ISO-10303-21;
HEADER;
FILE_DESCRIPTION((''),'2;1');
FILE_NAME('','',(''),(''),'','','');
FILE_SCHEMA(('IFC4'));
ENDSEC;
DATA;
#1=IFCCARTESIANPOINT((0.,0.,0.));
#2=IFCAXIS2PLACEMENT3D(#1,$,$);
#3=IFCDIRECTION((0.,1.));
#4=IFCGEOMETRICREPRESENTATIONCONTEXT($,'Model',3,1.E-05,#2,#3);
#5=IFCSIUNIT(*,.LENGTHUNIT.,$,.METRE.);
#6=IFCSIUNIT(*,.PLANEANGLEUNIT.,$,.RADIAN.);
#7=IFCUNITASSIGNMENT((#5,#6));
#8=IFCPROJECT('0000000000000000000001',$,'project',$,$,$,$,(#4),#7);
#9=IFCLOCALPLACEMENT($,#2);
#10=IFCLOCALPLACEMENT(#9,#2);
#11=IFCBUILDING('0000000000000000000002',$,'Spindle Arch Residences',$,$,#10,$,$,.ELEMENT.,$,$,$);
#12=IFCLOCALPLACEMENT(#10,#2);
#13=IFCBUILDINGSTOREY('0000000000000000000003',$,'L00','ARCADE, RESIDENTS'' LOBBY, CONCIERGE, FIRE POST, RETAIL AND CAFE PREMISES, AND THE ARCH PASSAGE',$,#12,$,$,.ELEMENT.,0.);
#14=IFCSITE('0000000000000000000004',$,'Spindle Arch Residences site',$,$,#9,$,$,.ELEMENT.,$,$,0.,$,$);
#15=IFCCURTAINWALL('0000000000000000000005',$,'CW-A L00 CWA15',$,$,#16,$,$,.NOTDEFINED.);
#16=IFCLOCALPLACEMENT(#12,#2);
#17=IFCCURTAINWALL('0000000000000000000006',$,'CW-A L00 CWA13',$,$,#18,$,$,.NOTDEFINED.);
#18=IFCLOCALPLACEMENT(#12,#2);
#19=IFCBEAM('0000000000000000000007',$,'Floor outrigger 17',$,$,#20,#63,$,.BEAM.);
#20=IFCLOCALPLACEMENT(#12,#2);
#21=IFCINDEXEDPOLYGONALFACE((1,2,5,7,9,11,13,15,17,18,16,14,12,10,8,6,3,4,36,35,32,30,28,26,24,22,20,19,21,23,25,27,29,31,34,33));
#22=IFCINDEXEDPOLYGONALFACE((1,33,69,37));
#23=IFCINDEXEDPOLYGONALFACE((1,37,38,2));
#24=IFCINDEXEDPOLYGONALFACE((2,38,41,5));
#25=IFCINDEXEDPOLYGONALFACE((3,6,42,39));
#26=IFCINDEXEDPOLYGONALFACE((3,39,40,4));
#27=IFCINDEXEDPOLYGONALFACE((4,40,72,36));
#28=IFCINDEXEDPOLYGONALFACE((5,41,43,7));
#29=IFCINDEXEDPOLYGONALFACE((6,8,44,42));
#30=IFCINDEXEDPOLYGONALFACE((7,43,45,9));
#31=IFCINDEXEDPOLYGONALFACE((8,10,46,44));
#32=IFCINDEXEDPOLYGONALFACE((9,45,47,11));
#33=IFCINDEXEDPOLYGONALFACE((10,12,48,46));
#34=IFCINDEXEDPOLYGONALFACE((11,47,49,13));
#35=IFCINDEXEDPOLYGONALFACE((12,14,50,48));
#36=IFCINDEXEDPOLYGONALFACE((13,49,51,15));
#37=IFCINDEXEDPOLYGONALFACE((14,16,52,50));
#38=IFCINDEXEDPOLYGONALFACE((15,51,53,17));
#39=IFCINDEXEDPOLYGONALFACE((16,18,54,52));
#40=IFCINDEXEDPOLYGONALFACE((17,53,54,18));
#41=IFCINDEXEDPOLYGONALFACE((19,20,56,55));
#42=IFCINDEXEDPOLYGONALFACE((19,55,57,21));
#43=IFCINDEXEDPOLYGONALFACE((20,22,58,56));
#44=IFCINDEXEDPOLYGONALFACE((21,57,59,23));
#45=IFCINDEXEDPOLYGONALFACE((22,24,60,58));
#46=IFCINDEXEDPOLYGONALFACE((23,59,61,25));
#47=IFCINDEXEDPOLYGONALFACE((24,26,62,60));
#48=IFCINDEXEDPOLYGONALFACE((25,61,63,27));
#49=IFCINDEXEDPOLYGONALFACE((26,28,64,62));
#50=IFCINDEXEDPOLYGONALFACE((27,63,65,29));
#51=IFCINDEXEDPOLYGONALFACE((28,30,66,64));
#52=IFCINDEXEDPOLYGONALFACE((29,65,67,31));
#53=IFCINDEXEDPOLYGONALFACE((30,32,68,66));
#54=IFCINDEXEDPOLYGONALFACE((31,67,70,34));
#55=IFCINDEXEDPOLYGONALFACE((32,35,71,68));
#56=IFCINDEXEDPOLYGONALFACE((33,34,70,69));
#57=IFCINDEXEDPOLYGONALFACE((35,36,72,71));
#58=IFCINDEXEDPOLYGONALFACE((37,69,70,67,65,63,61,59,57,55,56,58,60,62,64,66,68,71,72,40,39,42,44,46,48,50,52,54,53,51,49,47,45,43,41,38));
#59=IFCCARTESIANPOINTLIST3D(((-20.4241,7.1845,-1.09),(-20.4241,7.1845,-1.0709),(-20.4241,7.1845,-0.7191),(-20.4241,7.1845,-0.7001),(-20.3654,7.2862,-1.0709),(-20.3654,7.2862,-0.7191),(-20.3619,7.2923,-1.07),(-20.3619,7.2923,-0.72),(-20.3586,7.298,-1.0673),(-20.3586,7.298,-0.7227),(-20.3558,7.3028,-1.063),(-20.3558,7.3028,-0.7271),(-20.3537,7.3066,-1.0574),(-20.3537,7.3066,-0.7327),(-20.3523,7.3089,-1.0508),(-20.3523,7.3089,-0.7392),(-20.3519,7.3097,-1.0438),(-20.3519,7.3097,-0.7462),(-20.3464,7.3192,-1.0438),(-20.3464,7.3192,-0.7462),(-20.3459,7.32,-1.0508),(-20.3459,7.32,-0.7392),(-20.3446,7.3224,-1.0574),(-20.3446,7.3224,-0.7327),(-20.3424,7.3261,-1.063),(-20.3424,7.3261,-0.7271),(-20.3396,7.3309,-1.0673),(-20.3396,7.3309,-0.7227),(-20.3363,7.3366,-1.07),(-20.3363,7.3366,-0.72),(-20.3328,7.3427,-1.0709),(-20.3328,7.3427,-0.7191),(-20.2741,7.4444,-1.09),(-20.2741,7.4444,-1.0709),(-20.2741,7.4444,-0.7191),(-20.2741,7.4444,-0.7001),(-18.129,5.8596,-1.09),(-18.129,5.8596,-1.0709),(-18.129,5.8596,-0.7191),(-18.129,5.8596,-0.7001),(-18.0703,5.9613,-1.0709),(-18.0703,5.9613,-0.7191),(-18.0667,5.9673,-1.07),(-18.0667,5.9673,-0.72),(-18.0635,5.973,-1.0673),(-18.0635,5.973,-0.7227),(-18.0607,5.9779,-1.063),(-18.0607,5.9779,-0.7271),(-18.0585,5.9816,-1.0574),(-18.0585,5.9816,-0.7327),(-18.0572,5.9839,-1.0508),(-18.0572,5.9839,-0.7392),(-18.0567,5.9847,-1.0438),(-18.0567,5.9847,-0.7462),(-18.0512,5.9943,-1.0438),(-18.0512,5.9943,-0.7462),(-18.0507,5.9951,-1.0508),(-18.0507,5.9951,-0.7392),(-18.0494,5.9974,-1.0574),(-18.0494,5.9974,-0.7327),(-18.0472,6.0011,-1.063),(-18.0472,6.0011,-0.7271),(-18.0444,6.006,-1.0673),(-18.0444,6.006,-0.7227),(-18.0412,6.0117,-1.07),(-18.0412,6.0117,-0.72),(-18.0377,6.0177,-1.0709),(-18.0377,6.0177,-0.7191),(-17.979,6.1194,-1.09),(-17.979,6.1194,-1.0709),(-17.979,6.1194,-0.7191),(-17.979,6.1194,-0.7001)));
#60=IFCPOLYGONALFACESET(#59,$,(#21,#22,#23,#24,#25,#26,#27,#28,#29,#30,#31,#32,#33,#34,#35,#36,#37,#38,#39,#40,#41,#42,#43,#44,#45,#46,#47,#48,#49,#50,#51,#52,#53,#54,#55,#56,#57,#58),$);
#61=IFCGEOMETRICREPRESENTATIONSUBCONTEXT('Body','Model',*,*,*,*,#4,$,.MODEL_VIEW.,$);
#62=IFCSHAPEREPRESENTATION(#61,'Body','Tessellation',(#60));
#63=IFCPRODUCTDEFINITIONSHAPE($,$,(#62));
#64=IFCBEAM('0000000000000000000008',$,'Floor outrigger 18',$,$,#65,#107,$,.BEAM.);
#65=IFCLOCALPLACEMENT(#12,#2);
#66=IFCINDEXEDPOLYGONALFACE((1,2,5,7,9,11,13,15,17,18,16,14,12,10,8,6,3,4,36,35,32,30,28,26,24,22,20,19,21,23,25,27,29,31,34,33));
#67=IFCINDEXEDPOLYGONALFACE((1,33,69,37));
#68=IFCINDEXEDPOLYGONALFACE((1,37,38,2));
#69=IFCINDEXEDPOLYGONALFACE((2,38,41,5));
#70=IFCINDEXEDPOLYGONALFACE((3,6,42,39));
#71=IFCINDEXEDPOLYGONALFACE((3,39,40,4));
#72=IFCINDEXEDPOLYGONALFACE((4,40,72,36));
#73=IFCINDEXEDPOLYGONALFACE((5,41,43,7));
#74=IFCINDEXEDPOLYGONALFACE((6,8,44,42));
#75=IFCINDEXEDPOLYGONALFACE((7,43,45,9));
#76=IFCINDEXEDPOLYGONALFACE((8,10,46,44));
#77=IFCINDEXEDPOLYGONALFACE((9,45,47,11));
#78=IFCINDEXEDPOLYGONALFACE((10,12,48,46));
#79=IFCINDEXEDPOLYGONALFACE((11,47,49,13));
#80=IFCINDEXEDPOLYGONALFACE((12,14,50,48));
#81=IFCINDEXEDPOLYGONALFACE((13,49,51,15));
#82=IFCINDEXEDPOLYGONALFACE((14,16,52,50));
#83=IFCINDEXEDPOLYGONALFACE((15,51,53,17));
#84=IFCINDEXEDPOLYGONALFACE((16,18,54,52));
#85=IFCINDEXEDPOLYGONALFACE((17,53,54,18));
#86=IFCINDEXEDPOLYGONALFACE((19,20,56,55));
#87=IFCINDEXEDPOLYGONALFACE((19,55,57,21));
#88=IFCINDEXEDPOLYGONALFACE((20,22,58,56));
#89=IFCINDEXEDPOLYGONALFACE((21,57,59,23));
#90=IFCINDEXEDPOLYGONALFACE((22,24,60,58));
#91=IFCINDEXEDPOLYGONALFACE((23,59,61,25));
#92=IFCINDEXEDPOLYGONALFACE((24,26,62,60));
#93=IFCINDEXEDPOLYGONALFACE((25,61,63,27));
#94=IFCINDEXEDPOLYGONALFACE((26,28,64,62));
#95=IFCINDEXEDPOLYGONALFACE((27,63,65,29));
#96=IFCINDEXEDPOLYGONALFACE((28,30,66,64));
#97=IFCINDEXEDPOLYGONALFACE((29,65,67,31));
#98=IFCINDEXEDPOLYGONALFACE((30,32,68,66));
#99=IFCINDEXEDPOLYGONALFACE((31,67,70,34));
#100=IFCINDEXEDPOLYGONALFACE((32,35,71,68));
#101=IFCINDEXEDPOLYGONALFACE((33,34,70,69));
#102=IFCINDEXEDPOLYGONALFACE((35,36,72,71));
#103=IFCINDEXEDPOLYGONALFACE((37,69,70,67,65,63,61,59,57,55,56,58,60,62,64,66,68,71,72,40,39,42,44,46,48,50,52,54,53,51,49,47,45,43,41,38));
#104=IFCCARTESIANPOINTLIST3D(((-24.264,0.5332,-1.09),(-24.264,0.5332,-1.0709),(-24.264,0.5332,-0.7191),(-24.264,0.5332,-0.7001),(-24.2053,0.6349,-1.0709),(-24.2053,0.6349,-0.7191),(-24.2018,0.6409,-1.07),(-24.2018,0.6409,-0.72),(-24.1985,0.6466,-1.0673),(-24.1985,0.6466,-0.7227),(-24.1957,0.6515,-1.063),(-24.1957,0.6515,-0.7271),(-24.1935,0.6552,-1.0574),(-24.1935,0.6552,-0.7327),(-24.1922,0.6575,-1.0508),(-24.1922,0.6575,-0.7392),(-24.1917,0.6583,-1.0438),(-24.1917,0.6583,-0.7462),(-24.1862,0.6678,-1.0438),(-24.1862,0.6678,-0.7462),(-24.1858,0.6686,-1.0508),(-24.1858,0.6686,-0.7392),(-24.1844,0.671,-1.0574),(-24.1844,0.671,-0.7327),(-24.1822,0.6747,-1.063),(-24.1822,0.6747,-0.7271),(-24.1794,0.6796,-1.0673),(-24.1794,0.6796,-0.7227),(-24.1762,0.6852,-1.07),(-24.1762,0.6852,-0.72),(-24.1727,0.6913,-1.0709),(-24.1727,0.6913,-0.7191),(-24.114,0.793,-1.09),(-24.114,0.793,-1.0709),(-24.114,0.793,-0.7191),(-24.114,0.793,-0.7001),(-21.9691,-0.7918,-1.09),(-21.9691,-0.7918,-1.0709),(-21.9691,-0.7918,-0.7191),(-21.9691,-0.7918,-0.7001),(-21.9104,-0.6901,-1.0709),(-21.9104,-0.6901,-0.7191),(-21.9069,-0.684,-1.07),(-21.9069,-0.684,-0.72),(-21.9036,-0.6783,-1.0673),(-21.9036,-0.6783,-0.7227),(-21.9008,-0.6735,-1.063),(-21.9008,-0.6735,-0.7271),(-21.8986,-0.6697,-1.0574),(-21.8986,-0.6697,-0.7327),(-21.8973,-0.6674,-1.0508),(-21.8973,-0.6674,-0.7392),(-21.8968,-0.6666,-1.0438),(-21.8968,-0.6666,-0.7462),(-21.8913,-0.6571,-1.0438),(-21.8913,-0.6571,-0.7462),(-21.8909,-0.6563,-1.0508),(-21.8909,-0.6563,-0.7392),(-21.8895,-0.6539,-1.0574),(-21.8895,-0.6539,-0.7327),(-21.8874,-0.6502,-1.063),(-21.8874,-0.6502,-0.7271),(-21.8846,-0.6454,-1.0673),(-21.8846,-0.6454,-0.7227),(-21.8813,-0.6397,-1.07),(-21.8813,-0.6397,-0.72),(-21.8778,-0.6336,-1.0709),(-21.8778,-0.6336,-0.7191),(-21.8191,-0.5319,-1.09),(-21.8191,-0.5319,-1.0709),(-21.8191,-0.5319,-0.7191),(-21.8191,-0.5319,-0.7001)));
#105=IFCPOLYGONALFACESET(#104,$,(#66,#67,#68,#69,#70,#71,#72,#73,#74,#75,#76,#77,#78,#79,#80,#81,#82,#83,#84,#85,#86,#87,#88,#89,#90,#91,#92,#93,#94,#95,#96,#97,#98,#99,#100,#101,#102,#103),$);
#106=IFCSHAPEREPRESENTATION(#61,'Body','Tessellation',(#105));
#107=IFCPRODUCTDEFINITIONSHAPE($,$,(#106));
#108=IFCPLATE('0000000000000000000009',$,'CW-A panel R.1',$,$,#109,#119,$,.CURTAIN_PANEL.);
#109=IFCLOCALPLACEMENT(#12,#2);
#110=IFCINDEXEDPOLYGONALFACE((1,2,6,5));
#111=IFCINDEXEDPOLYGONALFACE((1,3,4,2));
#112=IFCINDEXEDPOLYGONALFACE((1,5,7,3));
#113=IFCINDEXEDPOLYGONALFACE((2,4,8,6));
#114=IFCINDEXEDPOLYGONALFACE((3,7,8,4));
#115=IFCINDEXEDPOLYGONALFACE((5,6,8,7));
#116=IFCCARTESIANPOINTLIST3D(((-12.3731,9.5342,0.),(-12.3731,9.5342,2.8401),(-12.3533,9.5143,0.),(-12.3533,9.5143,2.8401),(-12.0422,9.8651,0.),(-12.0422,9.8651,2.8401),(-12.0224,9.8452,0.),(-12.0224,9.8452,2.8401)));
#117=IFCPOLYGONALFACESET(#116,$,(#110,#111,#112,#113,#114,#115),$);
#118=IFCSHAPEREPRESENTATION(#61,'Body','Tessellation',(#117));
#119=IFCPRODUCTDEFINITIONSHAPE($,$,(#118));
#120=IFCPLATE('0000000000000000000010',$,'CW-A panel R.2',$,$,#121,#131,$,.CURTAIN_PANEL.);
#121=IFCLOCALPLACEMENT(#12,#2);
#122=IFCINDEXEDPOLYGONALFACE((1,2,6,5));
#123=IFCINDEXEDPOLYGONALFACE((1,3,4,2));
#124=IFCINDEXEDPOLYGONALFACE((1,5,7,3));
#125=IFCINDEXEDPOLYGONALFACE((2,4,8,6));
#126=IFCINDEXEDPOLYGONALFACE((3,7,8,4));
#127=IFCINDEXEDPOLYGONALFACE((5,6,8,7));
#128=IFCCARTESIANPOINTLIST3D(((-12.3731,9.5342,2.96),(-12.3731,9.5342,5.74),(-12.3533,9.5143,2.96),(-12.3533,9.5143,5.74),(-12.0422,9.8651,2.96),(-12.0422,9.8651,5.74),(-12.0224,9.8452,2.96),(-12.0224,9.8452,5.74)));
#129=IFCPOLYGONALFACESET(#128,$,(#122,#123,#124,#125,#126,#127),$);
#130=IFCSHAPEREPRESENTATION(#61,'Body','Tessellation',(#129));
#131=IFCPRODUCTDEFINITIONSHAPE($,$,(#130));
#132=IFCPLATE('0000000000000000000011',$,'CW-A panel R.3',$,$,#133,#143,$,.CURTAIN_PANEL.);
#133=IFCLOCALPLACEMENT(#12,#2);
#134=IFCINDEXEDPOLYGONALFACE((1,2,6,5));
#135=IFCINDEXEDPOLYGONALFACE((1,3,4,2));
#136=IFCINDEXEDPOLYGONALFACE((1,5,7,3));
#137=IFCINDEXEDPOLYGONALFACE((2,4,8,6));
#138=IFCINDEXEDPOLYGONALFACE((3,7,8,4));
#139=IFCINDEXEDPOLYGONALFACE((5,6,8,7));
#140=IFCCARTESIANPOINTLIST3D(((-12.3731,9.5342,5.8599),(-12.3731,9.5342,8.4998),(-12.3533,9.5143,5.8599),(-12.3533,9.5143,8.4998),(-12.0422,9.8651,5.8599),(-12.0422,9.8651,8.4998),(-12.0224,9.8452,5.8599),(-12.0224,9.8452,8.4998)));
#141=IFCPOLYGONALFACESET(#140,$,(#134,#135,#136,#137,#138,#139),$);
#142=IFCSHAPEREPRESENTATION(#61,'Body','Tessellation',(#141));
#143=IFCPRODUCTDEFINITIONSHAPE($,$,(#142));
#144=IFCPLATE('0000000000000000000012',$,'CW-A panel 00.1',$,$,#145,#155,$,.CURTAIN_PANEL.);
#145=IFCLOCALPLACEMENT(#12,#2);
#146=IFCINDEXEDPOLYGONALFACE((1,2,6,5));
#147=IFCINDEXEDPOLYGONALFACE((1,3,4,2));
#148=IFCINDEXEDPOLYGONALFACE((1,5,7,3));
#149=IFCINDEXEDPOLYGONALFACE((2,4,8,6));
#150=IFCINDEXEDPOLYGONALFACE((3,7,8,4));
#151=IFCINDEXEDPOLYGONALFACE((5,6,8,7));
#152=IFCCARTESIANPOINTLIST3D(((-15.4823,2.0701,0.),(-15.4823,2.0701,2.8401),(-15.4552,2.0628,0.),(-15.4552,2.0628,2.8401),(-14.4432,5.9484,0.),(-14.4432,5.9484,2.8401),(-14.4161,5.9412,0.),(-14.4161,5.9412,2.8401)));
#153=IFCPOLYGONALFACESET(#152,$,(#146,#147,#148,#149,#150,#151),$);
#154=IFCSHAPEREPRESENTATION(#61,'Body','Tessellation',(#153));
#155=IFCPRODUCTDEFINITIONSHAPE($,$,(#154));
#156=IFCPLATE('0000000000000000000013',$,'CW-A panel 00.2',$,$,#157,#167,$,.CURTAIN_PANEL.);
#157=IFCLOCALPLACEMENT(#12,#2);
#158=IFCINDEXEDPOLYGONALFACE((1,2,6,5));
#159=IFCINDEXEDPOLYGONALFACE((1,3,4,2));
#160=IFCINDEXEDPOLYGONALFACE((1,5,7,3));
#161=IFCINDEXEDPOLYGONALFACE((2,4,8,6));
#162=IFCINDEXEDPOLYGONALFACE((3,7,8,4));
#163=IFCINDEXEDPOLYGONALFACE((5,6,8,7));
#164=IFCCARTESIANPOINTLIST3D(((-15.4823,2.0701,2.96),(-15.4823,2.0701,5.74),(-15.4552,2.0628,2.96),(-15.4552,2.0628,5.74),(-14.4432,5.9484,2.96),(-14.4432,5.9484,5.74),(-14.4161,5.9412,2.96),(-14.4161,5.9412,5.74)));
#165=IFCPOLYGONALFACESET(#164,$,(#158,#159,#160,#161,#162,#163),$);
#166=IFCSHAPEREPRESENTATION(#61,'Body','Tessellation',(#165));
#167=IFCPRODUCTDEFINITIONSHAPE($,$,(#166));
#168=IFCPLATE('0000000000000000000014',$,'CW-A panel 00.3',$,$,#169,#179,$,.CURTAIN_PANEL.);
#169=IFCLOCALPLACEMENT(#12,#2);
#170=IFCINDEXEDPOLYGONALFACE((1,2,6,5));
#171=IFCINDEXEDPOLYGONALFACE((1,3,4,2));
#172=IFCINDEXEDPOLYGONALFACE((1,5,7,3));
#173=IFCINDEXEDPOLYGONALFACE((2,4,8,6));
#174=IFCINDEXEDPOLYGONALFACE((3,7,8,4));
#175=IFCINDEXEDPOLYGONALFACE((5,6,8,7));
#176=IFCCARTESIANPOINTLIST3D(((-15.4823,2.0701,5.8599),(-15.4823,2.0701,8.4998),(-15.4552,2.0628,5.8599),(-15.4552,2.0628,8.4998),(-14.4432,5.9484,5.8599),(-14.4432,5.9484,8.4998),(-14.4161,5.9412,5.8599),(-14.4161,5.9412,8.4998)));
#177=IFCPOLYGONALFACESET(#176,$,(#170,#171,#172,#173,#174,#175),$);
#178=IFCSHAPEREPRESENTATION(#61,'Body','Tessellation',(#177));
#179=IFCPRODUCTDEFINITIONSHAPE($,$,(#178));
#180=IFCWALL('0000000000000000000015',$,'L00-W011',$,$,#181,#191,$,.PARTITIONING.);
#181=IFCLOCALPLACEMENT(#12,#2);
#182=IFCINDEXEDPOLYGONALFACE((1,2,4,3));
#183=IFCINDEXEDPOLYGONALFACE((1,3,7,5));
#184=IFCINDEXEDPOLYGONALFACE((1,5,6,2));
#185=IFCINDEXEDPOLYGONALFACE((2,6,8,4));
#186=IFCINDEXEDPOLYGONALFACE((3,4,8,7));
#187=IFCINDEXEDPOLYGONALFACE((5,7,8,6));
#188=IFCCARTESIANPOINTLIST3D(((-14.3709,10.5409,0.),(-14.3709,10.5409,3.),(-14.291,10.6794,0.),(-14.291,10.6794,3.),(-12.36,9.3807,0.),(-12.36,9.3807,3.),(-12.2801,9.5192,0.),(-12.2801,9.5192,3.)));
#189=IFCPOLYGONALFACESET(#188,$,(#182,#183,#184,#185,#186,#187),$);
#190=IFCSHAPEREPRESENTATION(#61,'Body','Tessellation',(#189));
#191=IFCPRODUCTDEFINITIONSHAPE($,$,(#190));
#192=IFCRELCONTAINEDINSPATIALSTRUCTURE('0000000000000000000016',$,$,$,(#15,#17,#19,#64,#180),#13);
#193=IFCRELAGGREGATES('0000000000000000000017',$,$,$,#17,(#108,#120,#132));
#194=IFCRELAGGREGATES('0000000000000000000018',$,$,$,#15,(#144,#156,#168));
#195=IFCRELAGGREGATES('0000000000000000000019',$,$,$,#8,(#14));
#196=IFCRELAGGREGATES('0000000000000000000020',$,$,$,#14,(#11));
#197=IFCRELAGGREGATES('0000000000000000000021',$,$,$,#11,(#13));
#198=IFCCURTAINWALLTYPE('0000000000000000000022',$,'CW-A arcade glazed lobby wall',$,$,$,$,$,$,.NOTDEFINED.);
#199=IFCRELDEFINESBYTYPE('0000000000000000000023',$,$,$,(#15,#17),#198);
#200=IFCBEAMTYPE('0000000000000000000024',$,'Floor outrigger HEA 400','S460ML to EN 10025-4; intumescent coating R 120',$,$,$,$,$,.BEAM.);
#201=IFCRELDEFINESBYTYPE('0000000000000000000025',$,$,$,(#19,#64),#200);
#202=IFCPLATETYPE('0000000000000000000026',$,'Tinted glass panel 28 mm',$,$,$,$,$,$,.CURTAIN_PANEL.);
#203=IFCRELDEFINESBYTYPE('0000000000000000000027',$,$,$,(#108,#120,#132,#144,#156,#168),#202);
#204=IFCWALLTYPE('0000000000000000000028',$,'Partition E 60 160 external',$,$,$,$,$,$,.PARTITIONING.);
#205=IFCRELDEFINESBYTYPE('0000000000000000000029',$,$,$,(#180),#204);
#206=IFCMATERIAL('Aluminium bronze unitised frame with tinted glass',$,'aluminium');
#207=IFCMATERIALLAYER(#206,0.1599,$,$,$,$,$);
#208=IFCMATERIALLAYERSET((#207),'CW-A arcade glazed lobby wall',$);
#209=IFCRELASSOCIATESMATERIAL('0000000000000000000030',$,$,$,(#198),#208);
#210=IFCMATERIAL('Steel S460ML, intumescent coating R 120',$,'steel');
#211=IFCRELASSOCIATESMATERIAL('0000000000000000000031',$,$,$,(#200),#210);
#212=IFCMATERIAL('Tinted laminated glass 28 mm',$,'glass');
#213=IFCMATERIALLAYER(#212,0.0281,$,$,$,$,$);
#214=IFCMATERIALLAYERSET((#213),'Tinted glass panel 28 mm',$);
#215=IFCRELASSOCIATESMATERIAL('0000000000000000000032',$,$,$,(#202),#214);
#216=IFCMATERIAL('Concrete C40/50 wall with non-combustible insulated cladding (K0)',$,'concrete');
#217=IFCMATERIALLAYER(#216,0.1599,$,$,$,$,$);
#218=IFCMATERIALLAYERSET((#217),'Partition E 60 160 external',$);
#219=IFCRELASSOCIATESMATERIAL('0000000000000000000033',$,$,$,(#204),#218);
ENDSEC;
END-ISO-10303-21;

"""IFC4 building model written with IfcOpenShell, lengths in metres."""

from ifc_helpers import new_model, si_unit, direction, frame, frame_2d, origin, origin_2d, place, context, subcontext, project, spatial, rectangle, i_section, extrude, material, layer, layer_set, material_profile, profile_set, type_object, element, aggregate, save


model = new_model("IFC4")

# Units and contexts
model_context = context("Model", 3, precision=1e-05, world=origin(), true_north=direction((0.0, 1.0)))
body_context = subcontext(model_context, "Body", "Model", "MODEL_VIEW")
ifc_project = project(units=[si_unit("LENGTHUNIT", "METRE"), si_unit("PLANEANGLEUNIT", "RADIAN")], contexts=[model_context])

# Site, building, storey
site_placement = place(None, origin())
site = spatial("IfcSite", under=ifc_project, at=site_placement, Name="Spindle Arch Residences site", CompositionType="ELEMENT", RefElevation=0.0)
building_placement = place(site_placement, origin())
building = spatial("IfcBuilding", under=site, at=building_placement, Name="Spindle Arch Residences", CompositionType="ELEMENT")
storey_placement = place(building_placement, origin())
storey = spatial("IfcBuildingStorey", under=building, at=storey_placement, Name="L00", Description="ARCADE, RESIDENTS' LOBBY, CONCIERGE, FIRE POST, RETAIL AND CAFE PREMISES, AND THE ARCH PASSAGE", CompositionType="ELEMENT", Elevation=0.0)

# Curtain wall
ifc_material_1 = material(Name="Aluminium bronze unitised frame with tinted glass", Category="aluminium")
ifc_layer_1 = layer(ifc_material_1, 0.1599)
ifc_layer_set_1 = layer_set([ifc_layer_1], Name="CW-A arcade glazed lobby wall")
curtain_wall_type = type_object("IfcCurtainWallType", Name="CW-A arcade glazed lobby wall", PredefinedType="NOTDEFINED", material=ifc_layer_set_1)
curtain_wall_1_placement = place(storey_placement, origin())
curtain_wall_1 = element("IfcCurtainWall", 1, at=curtain_wall_1_placement, inside=storey, type_object=curtain_wall_type, Name="CW-A L00 CWA15", PredefinedType="NOTDEFINED")

# Curtain wall
curtain_wall_2_placement = place(storey_placement, origin())
curtain_wall_2 = element("IfcCurtainWall", 2, at=curtain_wall_2_placement, inside=storey, type_object=curtain_wall_type, Name="CW-A L00 CWA13", PredefinedType="NOTDEFINED")

# Beams
ifc_material_2 = material(Name="Steel S460ML, intumescent coating R 120", Category="steel")
ifc_material_profile_1 = material_profile(ifc_material_2, i_section(OverallWidth=0.3, OverallDepth=0.3899, WebThickness=0.011, FlangeThickness=0.019, FilletRadius=0.0271, at=origin_2d()), Name="HEA 400")
ifc_profile_set_1 = profile_set([ifc_material_profile_1], Name="Steel S460ML, intumescent coating R 120")
beam_type_1 = type_object("IfcBeamType", Name="Floor outrigger HEA 400", Description="S460ML to EN 10025-4; intumescent coating R 120", PredefinedType="BEAM", material=ifc_profile_set_1)
beam_1_placement = place(storey_placement, frame((-20.3491, 7.3145, -0.895), z_axis=(0.866052, -0.499954, 0.0), x_axis=(0.499954, 0.866052, 0.0)))
element("IfcBeam", 3, at=beam_1_placement, inside=storey, type_object=beam_type_1, Name="Floor outrigger 17", PredefinedType="BEAM", context=body_context, shape_type="SweptSolid", body=[
    extrude(i_section(OverallWidth=0.3, OverallDepth=0.3899, WebThickness=0.011, FlangeThickness=0.019, FilletRadius=0.0271, at=origin_2d()), origin(), (0.0, 0.0, 1.0), 2.6501),
])
beam_2_placement = place(storey_placement, frame((-24.189, 0.6631, -0.895), z_axis=(0.866029, -0.499994, 0.0), x_axis=(0.499994, 0.866029, 0.0)))
element("IfcBeam", 4, at=beam_2_placement, inside=storey, type_object=beam_type_1, Name="Floor outrigger 18", PredefinedType="BEAM", context=body_context, shape_type="SweptSolid", body=[
    extrude(i_section(OverallWidth=0.3, OverallDepth=0.3899, WebThickness=0.011, FlangeThickness=0.019, FilletRadius=0.0271, at=origin_2d()), origin(), (0.0, 0.0, 1.0), 2.6499),
])

# Plates
ifc_material_3 = material(Name="Tinted laminated glass 28 mm", Category="glass")
ifc_layer_2 = layer(ifc_material_3, 0.0281)
ifc_layer_set_2 = layer_set([ifc_layer_2], Name="Tinted glass panel 28 mm")
plate_type = type_object("IfcPlateType", Name="Tinted glass panel 28 mm", PredefinedType="CURTAIN_PANEL", material=ifc_layer_set_2)
plate_1_placement = place(storey_placement, frame((-12.1978, 9.6897, 0.0), z_axis=(0.0, 0.0, 1.0), x_axis=(-0.707107, -0.707107, 0.0)))
plate_1 = element("IfcPlate", 5, at=plate_1_placement, type_object=plate_type, Name="CW-A panel R.1", PredefinedType="CURTAIN_PANEL", context=body_context, shape_type="SweptSolid", body=[
    extrude(rectangle(XDim=0.468, YDim=0.0281, at=origin_2d()), origin(), (0.0, 0.0, 1.0), 2.8401),
])
plate_2_placement = place(storey_placement, frame((-12.1978, 9.6897, 2.96), z_axis=(0.0, 0.0, 1.0), x_axis=(-0.707107, -0.707107, 0.0)))
plate_2 = element("IfcPlate", 6, at=plate_2_placement, type_object=plate_type, Name="CW-A panel R.2", PredefinedType="CURTAIN_PANEL", context=body_context, shape_type="SweptSolid", body=[
    extrude(rectangle(XDim=0.468, YDim=0.0281, at=origin_2d()), origin(), (0.0, 0.0, 1.0), 2.78),
])
plate_3_placement = place(storey_placement, frame((-12.1978, 9.6897, 5.8599), z_axis=(0.0, 0.0, 1.0), x_axis=(-0.707107, -0.707107, 0.0)))
plate_3 = element("IfcPlate", 7, at=plate_3_placement, type_object=plate_type, Name="CW-A panel R.3", PredefinedType="CURTAIN_PANEL", context=body_context, shape_type="SweptSolid", body=[
    extrude(rectangle(XDim=0.468, YDim=0.0281, at=origin_2d()), origin(), (0.0, 0.0, 1.0), 2.6399),
])
aggregate(curtain_wall_2, [plate_1, plate_2, plate_3])
plate_4_placement = place(storey_placement, frame((-14.9492, 4.0056, 0.0), z_axis=(0.0, 0.0, 1.0), x_axis=(-0.258786, -0.965935, 0.0)))
plate_4 = element("IfcPlate", 8, at=plate_4_placement, type_object=plate_type, Name="CW-A panel 00.1", PredefinedType="CURTAIN_PANEL", context=body_context, shape_type="SweptSolid", body=[
    extrude(rectangle(XDim=4.0151, YDim=0.0281, at=origin_2d()), origin(), (0.0, 0.0, 1.0), 2.8401),
])
plate_5_placement = place(storey_placement, frame((-14.9492, 4.0056, 2.96), z_axis=(0.0, 0.0, 1.0), x_axis=(-0.258786, -0.965935, 0.0)))
plate_5 = element("IfcPlate", 9, at=plate_5_placement, type_object=plate_type, Name="CW-A panel 00.2", PredefinedType="CURTAIN_PANEL", context=body_context, shape_type="SweptSolid", body=[
    extrude(rectangle(XDim=4.0151, YDim=0.0281, at=origin_2d()), origin(), (0.0, 0.0, 1.0), 2.78),
])
plate_6_placement = place(storey_placement, frame((-14.9492, 4.0056, 5.8599), z_axis=(0.0, 0.0, 1.0), x_axis=(-0.258786, -0.965935, 0.0)))
plate_6 = element("IfcPlate", 10, at=plate_6_placement, type_object=plate_type, Name="CW-A panel 00.3", PredefinedType="CURTAIN_PANEL", context=body_context, shape_type="SweptSolid", body=[
    extrude(rectangle(XDim=4.0151, YDim=0.0281, at=origin_2d()), origin(), (0.0, 0.0, 1.0), 2.6399),
])
aggregate(curtain_wall_1, [plate_4, plate_5, plate_6])

# Shared definitions
ifc_material_4 = material(Name="Concrete C40/50 wall with non-combustible insulated cladding (K0)", Category="concrete")
ifc_layer_3 = layer(ifc_material_4, 0.1599)
ifc_layer_set_3 = layer_set([ifc_layer_3], Name="Partition E 60 160 external")
wall_type = type_object("IfcWallType", Name="Partition E 60 160 external", PredefinedType="PARTITIONING", material=ifc_layer_set_3)

# Wall
wall_1_placement = place(storey_placement, frame((-14.3308, 10.6101, 0.0), z_axis=(0.0, 0.0, 1.0), x_axis=(0.866165, -0.499759, 0.0)))
element("IfcWall", 11, at=wall_1_placement, inside=storey, type_object=wall_type, Name="L00-W011", PredefinedType="PARTITIONING", context=body_context, shape_type="SweptSolid", body=[
    extrude(rectangle(XDim=2.3215, YDim=0.1599, at=frame_2d((1.1606, 0.0))), origin(), (0.0, 0.0, 1.0), 3.0),
])

save(model, "model.ifc")
